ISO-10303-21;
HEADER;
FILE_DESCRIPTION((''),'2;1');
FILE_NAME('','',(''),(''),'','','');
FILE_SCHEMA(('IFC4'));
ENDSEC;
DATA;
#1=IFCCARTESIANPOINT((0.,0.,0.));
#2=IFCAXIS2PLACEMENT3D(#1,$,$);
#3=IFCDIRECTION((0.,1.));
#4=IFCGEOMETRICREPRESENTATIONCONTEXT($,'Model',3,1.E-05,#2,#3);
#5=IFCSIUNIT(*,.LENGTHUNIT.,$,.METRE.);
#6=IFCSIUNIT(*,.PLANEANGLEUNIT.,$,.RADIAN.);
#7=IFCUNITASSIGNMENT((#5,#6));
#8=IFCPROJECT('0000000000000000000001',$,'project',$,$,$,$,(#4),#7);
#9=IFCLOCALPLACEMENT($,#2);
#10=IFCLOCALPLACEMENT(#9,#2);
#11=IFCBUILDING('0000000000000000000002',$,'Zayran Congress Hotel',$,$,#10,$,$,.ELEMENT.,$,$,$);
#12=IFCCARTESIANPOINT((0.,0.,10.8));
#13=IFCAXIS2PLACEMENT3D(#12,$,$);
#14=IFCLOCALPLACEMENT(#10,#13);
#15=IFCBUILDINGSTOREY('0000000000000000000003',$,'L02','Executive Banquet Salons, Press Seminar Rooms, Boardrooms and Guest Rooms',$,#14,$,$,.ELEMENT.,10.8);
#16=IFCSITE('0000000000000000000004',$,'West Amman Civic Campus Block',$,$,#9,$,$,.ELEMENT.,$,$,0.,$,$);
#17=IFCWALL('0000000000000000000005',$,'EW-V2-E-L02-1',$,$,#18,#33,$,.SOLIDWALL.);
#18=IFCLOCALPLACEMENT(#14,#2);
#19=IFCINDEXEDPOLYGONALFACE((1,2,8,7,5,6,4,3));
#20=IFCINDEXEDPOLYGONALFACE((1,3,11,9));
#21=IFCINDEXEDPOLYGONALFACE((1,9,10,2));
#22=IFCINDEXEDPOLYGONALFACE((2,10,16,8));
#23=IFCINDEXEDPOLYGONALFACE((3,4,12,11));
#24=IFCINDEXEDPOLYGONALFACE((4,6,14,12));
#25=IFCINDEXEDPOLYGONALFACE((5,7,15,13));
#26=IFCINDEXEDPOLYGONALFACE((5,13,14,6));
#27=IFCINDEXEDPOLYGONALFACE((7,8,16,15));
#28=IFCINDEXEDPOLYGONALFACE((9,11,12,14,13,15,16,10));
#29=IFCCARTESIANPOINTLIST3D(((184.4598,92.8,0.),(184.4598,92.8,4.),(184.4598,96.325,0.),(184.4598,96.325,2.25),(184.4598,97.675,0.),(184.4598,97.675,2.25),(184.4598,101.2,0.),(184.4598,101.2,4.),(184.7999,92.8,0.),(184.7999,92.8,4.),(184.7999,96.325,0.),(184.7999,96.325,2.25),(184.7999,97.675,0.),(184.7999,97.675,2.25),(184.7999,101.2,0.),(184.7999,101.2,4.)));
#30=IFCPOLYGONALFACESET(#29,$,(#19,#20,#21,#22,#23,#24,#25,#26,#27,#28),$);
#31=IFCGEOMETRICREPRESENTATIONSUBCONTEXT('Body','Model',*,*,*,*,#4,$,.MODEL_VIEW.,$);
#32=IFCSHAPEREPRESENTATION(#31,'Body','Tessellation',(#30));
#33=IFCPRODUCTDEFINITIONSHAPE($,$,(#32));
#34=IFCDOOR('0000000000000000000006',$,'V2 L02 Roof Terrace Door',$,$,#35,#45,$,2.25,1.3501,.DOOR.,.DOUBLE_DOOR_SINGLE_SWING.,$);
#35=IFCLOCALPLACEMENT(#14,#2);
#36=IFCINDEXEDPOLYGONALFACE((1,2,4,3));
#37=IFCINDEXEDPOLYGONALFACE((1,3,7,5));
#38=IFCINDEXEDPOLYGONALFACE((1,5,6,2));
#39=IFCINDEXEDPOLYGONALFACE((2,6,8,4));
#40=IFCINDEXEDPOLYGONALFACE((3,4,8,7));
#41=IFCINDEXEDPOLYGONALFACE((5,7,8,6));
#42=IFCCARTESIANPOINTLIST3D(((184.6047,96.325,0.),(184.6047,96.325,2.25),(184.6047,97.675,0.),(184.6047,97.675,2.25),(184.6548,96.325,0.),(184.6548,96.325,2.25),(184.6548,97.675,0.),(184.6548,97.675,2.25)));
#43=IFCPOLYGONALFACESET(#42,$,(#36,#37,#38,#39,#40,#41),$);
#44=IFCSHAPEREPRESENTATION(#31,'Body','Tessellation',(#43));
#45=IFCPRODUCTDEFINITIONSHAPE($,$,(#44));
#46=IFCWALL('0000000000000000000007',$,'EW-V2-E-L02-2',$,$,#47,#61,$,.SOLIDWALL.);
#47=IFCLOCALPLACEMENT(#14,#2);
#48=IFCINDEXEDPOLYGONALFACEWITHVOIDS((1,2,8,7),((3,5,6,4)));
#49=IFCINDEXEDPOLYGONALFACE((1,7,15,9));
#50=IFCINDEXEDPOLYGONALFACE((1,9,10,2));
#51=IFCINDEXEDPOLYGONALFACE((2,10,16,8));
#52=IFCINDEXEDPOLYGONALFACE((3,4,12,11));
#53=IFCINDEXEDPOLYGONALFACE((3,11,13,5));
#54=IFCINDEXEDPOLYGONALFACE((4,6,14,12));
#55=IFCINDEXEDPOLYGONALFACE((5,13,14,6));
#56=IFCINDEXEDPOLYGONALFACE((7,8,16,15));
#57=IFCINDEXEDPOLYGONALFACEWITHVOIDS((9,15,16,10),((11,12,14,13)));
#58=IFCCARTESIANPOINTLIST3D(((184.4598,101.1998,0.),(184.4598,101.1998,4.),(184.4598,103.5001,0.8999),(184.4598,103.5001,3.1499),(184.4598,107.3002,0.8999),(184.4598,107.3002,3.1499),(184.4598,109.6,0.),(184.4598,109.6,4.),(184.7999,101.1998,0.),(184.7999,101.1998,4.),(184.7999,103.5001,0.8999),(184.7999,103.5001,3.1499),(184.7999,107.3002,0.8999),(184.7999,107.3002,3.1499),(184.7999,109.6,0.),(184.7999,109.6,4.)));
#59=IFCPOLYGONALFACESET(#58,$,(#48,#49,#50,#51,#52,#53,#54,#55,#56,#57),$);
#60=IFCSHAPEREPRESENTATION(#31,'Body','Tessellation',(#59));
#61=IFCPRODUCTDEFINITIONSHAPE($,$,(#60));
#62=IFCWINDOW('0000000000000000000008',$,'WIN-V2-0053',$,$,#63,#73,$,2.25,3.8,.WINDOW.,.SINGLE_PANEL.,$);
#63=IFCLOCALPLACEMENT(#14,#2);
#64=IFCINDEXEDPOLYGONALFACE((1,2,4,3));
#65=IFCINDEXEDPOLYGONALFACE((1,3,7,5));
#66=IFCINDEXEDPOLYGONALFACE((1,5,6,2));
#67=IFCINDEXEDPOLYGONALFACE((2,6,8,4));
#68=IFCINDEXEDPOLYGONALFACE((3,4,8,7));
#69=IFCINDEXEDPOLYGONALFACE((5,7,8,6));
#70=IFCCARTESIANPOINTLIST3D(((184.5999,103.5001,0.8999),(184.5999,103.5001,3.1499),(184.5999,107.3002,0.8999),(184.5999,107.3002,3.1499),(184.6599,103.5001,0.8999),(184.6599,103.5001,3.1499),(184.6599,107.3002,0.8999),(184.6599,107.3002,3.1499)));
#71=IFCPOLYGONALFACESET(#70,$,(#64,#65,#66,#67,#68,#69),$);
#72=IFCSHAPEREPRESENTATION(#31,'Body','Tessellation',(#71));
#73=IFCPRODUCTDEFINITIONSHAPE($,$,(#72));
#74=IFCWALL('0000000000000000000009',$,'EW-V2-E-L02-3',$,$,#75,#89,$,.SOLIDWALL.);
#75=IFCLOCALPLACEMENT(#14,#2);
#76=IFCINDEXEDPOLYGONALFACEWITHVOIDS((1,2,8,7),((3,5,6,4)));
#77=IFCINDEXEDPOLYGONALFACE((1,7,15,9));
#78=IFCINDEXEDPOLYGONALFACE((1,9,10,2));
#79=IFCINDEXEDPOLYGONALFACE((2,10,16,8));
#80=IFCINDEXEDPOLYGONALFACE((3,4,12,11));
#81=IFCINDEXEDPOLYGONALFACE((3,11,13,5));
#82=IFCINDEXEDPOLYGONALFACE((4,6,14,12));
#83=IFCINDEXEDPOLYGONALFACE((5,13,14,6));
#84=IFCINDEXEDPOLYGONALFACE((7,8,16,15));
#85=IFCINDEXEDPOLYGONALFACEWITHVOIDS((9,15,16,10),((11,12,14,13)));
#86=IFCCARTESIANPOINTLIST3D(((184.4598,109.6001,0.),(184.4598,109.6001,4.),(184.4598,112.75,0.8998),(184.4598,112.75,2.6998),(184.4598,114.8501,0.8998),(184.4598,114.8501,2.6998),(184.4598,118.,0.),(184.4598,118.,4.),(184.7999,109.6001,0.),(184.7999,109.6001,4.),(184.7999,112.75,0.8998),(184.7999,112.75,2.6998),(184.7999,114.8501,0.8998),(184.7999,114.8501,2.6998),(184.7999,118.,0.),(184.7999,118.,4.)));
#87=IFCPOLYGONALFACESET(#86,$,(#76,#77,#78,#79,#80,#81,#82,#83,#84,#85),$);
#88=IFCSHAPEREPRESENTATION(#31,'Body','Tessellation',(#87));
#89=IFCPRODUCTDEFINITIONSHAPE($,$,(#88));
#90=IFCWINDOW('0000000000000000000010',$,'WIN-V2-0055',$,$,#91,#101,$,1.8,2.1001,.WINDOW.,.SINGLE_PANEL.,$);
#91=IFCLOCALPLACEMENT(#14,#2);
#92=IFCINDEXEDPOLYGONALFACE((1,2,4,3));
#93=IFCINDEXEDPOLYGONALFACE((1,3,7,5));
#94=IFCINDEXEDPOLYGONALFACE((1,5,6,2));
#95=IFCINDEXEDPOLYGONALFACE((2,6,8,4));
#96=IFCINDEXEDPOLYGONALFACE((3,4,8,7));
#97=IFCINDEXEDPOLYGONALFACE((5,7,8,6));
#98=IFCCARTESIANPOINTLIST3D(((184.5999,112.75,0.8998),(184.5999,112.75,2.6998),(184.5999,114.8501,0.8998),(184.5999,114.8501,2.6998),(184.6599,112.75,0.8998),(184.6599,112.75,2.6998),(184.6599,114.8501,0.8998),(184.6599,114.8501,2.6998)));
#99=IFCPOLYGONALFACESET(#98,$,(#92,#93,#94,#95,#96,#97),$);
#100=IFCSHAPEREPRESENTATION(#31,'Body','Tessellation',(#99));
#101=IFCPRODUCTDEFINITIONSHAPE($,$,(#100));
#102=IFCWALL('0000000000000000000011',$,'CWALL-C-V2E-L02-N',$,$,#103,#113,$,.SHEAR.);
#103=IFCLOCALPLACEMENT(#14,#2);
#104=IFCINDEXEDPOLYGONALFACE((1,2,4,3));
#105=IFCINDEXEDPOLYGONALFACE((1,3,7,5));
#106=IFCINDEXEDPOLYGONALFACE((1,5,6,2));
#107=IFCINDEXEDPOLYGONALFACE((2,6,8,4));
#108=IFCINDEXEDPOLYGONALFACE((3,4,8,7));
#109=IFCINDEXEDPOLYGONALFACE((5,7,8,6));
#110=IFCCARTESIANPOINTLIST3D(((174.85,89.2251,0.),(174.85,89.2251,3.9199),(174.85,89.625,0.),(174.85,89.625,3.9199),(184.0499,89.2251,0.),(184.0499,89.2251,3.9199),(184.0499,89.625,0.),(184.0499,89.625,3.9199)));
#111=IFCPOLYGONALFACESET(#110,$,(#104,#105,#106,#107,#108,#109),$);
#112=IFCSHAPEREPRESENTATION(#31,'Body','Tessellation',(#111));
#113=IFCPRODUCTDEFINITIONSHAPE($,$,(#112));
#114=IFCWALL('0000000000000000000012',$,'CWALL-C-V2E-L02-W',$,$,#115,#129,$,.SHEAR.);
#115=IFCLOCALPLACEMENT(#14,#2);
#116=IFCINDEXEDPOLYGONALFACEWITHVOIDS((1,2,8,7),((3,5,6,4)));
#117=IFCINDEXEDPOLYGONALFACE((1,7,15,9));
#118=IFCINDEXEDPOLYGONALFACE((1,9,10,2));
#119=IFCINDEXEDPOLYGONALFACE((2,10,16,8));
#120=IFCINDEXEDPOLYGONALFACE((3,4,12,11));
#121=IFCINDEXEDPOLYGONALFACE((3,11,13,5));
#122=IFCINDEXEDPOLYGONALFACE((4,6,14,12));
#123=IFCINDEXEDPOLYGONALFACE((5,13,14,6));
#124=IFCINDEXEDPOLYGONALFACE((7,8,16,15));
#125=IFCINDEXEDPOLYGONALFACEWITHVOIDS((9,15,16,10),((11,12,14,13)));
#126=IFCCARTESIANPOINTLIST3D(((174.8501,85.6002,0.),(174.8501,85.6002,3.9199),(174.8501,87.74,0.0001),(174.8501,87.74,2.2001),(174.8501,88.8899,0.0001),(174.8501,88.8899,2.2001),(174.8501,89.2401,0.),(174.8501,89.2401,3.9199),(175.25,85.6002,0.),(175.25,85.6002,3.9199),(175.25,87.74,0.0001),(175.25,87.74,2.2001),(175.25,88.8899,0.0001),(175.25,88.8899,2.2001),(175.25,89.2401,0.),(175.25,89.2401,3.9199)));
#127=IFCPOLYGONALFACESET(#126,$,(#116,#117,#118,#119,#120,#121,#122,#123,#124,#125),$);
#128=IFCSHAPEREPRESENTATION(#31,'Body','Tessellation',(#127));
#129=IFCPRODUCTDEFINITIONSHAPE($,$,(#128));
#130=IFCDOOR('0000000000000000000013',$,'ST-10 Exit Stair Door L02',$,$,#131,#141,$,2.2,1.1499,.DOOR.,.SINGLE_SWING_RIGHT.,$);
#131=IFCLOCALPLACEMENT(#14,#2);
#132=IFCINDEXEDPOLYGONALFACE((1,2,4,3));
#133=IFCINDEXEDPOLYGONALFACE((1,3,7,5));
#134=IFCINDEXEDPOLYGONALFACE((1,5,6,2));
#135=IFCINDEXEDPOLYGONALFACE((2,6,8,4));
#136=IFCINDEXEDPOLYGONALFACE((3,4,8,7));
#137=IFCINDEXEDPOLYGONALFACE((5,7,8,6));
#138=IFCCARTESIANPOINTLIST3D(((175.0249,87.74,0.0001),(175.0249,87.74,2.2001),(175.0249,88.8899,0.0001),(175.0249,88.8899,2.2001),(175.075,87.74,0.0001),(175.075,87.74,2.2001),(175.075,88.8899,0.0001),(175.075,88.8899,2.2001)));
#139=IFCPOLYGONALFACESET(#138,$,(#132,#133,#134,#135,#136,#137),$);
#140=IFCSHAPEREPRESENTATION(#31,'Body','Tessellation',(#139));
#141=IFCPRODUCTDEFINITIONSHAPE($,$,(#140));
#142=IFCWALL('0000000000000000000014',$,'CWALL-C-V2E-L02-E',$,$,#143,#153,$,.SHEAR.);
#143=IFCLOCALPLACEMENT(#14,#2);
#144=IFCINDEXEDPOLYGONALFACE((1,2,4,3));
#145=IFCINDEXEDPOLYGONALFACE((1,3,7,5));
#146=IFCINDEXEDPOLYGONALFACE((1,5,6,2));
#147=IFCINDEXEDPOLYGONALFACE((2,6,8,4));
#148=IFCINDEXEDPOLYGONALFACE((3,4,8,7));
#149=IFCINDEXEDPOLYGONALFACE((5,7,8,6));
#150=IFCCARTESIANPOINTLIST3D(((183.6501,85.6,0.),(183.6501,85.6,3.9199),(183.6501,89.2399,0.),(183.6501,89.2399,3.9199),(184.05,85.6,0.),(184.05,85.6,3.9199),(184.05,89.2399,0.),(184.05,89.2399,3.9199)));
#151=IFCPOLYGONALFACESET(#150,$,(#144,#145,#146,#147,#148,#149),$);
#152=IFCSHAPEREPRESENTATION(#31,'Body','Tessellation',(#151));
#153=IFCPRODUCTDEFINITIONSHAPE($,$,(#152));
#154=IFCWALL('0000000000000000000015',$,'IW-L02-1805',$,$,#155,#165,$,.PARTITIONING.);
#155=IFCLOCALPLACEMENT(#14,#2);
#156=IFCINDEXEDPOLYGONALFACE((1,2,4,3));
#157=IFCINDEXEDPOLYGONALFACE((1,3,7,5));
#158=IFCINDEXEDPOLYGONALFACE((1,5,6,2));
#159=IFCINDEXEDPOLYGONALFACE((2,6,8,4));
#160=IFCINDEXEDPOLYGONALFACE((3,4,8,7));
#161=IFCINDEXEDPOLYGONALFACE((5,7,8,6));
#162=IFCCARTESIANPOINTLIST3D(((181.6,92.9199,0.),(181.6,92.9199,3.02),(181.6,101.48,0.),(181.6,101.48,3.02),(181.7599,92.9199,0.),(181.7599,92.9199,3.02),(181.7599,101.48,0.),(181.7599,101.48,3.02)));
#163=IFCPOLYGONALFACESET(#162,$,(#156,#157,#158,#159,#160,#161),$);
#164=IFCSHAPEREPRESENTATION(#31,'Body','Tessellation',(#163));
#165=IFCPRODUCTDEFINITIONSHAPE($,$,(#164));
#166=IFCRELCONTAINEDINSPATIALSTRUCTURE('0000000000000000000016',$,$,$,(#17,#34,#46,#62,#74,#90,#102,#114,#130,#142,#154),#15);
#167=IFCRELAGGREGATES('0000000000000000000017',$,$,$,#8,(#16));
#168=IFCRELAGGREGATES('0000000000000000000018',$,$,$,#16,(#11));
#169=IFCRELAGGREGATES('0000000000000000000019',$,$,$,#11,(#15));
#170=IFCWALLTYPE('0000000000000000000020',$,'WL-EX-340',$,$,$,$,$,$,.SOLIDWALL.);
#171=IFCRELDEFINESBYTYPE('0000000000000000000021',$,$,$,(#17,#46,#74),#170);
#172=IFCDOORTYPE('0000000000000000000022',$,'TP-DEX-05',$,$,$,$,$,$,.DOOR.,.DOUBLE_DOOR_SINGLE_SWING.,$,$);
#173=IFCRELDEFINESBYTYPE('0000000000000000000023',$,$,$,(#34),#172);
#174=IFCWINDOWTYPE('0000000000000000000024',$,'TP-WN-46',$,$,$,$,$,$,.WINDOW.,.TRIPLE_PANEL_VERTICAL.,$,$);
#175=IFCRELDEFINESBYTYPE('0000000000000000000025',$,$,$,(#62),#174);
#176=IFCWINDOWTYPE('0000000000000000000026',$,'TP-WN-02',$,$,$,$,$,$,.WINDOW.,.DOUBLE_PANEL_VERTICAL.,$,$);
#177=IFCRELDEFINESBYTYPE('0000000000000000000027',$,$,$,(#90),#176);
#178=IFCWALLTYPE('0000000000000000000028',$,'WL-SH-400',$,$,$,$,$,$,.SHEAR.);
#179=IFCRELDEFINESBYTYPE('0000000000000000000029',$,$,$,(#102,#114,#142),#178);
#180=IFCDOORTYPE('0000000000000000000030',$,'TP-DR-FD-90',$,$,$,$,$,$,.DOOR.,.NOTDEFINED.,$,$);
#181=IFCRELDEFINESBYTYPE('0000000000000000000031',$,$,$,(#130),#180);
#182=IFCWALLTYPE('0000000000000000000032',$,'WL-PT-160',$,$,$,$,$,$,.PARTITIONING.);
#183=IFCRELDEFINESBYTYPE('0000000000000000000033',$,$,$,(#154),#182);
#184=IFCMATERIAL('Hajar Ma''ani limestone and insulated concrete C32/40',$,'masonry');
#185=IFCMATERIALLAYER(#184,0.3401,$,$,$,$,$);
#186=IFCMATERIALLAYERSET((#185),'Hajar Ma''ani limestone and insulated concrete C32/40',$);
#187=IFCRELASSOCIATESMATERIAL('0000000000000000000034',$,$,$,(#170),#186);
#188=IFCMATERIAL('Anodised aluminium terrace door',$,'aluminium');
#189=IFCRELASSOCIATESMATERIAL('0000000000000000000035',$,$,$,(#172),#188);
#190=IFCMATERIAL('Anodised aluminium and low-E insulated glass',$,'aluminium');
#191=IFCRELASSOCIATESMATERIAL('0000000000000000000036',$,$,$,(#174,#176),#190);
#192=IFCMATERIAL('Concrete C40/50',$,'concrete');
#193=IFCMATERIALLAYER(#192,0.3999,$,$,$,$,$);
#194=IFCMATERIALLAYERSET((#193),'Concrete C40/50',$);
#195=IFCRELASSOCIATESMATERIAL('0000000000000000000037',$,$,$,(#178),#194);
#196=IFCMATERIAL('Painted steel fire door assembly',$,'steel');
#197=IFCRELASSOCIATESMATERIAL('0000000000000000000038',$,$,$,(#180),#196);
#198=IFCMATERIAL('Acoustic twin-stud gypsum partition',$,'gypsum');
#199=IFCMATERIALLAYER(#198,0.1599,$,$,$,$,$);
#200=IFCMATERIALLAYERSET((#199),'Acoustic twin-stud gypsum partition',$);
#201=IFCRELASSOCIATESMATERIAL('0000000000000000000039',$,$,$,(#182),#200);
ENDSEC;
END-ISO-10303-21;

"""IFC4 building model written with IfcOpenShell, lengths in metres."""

from ifc_helpers import new_model, si_unit, direction, frame, frame_2d, origin, place, context, subcontext, project, spatial, rectangle, extrude, material, layer, layer_set, type_object, element, fill, save


model = new_model("IFC4")

# Units and contexts
model_context = context("Model", 3, precision=1e-05, world=origin(), true_north=direction((0.0, 1.0)))
body_context = subcontext(model_context, "Body", "Model", "MODEL_VIEW")
ifc_project = project(units=[si_unit("LENGTHUNIT", "METRE"), si_unit("PLANEANGLEUNIT", "RADIAN")], contexts=[model_context])

# Site, building, storey
site_placement = place(None, origin())
site = spatial("IfcSite", under=ifc_project, at=site_placement, Name="West Amman Civic Campus Block", CompositionType="ELEMENT", RefElevation=0.0)
building_placement = place(site_placement, origin())
building = spatial("IfcBuilding", under=site, at=building_placement, Name="Zayran Congress Hotel", CompositionType="ELEMENT")
storey_placement = place(building_placement, frame((0.0, 0.0, 10.8)))
storey = spatial("IfcBuildingStorey", under=building, at=storey_placement, Name="L02", Description="Executive Banquet Salons, Press Seminar Rooms, Boardrooms and Guest Rooms", CompositionType="ELEMENT", Elevation=10.8)

# Shared definitions
ifc_material_1 = material(Name="Hajar Ma'ani limestone and insulated concrete C32/40", Category="masonry")
ifc_layer_1 = layer(ifc_material_1, 0.3401)
ifc_layer_set_1 = layer_set([ifc_layer_1], Name="Hajar Ma'ani limestone and insulated concrete C32/40")
wall_type_1 = type_object("IfcWallType", Name="WL-EX-340", PredefinedType="SOLIDWALL", material=ifc_layer_set_1)
ifc_material_2 = material(Name="Anodised aluminium and low-E insulated glass", Category="aluminium")

# Wall, opening, door
wall_1_placement = place(storey_placement, frame((184.6299, 101.2, 0.0), z_axis=(0.0, 0.0, 1.0), x_axis=(0.0, -1.0, 0.0)))
wall_1 = element("IfcWall", 1, at=wall_1_placement, inside=storey, type_object=wall_type_1, Name="EW-V2-E-L02-1", PredefinedType="SOLIDWALL", context=body_context, shape_type="SweptSolid", body=[
    extrude(rectangle(XDim=8.3999, YDim=0.3401, at=frame_2d((4.2, 0.0))), origin(), (0.0, 0.0, 1.0), 4.0),
])
opening_1_placement = place(wall_1_placement, frame((3.5249, 0.0, 0.0)))
opening_1 = element("IfcOpeningElement", 2, at=opening_1_placement, cuts=wall_1, PredefinedType="OPENING", context=body_context, shape_type="SweptSolid", body=[
    extrude(rectangle(XDim=1.3501, YDim=2.25, at=frame_2d((0.675, 1.125))), frame((0.0, 0.1799, 0.0), z_axis=(0.0, -1.0, 0.0), x_axis=(1.0, 0.0, 0.0)), (0.0, 0.0, 1.0), 0.3601),
])
ifc_material_3 = material(Name="Anodised aluminium terrace door", Category="aluminium")
door_type_1 = type_object("IfcDoorType", Name="TP-DEX-05", OperationType="DOUBLE_DOOR_SINGLE_SWING", PredefinedType="DOOR", material=ifc_material_3)
door_1_placement = place(opening_1_placement, origin())
door_1 = element("IfcDoor", 3, at=door_1_placement, inside=storey, type_object=door_type_1, Name="V2 L02 Roof Terrace Door", OperationType="DOUBLE_DOOR_SINGLE_SWING", OverallHeight=2.25, OverallWidth=1.3501, PredefinedType="DOOR", context=body_context, shape_type="SweptSolid", body=[
    extrude(rectangle(XDim=1.3501, YDim=2.25, at=frame_2d((0.675, 1.125))), frame((0.0, 0.0249, 0.0), z_axis=(0.0, -1.0, 0.0), x_axis=(1.0, 0.0, 0.0)), (0.0, 0.0, 1.0), 0.05),
])
fill(opening_1, door_1)

# Walls, openings, windows
wall_2_placement = place(storey_placement, frame((184.6299, 109.6001, 0.0), z_axis=(0.0, 0.0, 1.0), x_axis=(0.0, -1.0, 0.0)))
wall_2 = element("IfcWall", 4, at=wall_2_placement, inside=storey, type_object=wall_type_1, Name="EW-V2-E-L02-2", PredefinedType="SOLIDWALL", context=body_context, shape_type="SweptSolid", body=[
    extrude(rectangle(XDim=8.4001, YDim=0.3401, at=frame_2d((4.2002, 0.0))), origin(), (0.0, 0.0, 1.0), 4.0),
])
opening_2_placement = place(wall_2_placement, frame((2.3, 0.0, 0.8999)))
opening_2 = element("IfcOpeningElement", 5, at=opening_2_placement, cuts=wall_2, PredefinedType="OPENING", context=body_context, shape_type="SweptSolid", body=[
    extrude(rectangle(XDim=3.8, YDim=2.25, at=frame_2d((1.8999, 1.125))), frame((0.0, 0.1799, 0.0), z_axis=(0.0, -1.0, 0.0), x_axis=(1.0, 0.0, 0.0)), (0.0, 0.0, 1.0), 0.3601),
])
window_type_1 = type_object("IfcWindowType", Name="TP-WN-46", PartitioningType="TRIPLE_PANEL_VERTICAL", PredefinedType="WINDOW", material=ifc_material_2)
window_1_placement = place(opening_2_placement, origin())
window_1 = element("IfcWindow", 6, at=window_1_placement, inside=storey, type_object=window_type_1, Name="WIN-V2-0053", OverallHeight=2.25, OverallWidth=3.8, PartitioningType="SINGLE_PANEL", PredefinedType="WINDOW", context=body_context, shape_type="SweptSolid", body=[
    extrude(rectangle(XDim=3.8, YDim=2.25, at=frame_2d((1.8999, 1.125))), frame((0.0, 0.03, 0.0), z_axis=(0.0, -1.0, 0.0), x_axis=(1.0, 0.0, 0.0)), (0.0, 0.0, 1.0), 0.0601),
])
fill(opening_2, window_1)
wall_3_placement = place(storey_placement, frame((184.6299, 118.0, 0.0), z_axis=(0.0, 0.0, 1.0), x_axis=(0.0, -1.0, 0.0)))
wall_3 = element("IfcWall", 7, at=wall_3_placement, inside=storey, type_object=wall_type_1, Name="EW-V2-E-L02-3", PredefinedType="SOLIDWALL", context=body_context, shape_type="SweptSolid", body=[
    extrude(rectangle(XDim=8.3999, YDim=0.3401, at=frame_2d((4.2, 0.0))), origin(), (0.0, 0.0, 1.0), 4.0),
])
opening_3_placement = place(wall_3_placement, frame((3.1499, 0.0, 0.8999)))
opening_3 = element("IfcOpeningElement", 8, at=opening_3_placement, cuts=wall_3, PredefinedType="OPENING", context=body_context, shape_type="SweptSolid", body=[
    extrude(rectangle(XDim=2.1001, YDim=1.8, at=frame_2d((1.05, 0.8999))), frame((0.0, 0.1799, 0.0), z_axis=(0.0, -1.0, 0.0), x_axis=(1.0, 0.0, 0.0)), (0.0, 0.0, 1.0), 0.3601),
])
window_type_2 = type_object("IfcWindowType", Name="TP-WN-02", PartitioningType="DOUBLE_PANEL_VERTICAL", PredefinedType="WINDOW", material=ifc_material_2)
window_2_placement = place(opening_3_placement, origin())
window_2 = element("IfcWindow", 9, at=window_2_placement, inside=storey, type_object=window_type_2, Name="WIN-V2-0055", OverallHeight=1.8, OverallWidth=2.1001, PartitioningType="SINGLE_PANEL", PredefinedType="WINDOW", context=body_context, shape_type="SweptSolid", body=[
    extrude(rectangle(XDim=2.1001, YDim=1.8, at=frame_2d((1.05, 0.8999))), frame((0.0, 0.03, 0.0), z_axis=(0.0, -1.0, 0.0), x_axis=(1.0, 0.0, 0.0)), (0.0, 0.0, 1.0), 0.0601),
])
fill(opening_3, window_2)

# Wall
ifc_material_4 = material(Name="Concrete C40/50", Category="concrete")
ifc_layer_2 = layer(ifc_material_4, 0.3999)
ifc_layer_set_2 = layer_set([ifc_layer_2], Name="Concrete C40/50")
wall_type_2 = type_object("IfcWallType", Name="WL-SH-400", PredefinedType="SHEAR", material=ifc_layer_set_2)
wall_4_placement = place(storey_placement, frame((184.05, 89.425, 0.0), z_axis=(0.0, 0.0, 1.0), x_axis=(-1.0, 0.0, 0.0)))
element("IfcWall", 10, at=wall_4_placement, inside=storey, type_object=wall_type_2, Name="CWALL-C-V2E-L02-N", PredefinedType="SHEAR", context=body_context, shape_type="SweptSolid", body=[
    extrude(rectangle(XDim=9.2, YDim=0.3999, at=frame_2d((4.6001, 0.0))), origin(), (0.0, 0.0, 1.0), 3.9199),
])

# Wall, opening, door
wall_5_placement = place(storey_placement, frame((175.05, 89.24, 0.0), z_axis=(0.0, 0.0, 1.0), x_axis=(0.0, -1.0, 0.0)))
wall_5 = element("IfcWall", 11, at=wall_5_placement, inside=storey, type_object=wall_type_2, Name="CWALL-C-V2E-L02-W", PredefinedType="SHEAR", context=body_context, shape_type="SweptSolid", body=[
    extrude(rectangle(XDim=3.6399, YDim=0.3999, at=frame_2d((1.8198, 0.0))), origin(), (0.0, 0.0, 1.0), 3.9199),
])
opening_4_placement = place(wall_5_placement, frame((0.3501, 0.0, 0.0)))
opening_4 = element("IfcOpeningElement", 12, at=opening_4_placement, cuts=wall_5, PredefinedType="OPENING", context=body_context, shape_type="SweptSolid", body=[
    extrude(rectangle(XDim=1.1499, YDim=2.2, at=frame_2d((0.575, 1.1001))), frame((0.0, 0.21, 0.0), z_axis=(0.0, -1.0, 0.0), x_axis=(1.0, 0.0, 0.0)), (0.0, 0.0, 1.0), 0.4199),
])
ifc_material_5 = material(Name="Painted steel fire door assembly", Category="steel")
door_type_2 = type_object("IfcDoorType", Name="TP-DR-FD-90", OperationType="NOTDEFINED", PredefinedType="DOOR", material=ifc_material_5)
door_2_placement = place(opening_4_placement, origin())
door_2 = element("IfcDoor", 13, at=door_2_placement, inside=storey, type_object=door_type_2, Name="ST-10 Exit Stair Door L02", OperationType="SINGLE_SWING_RIGHT", OverallHeight=2.2, OverallWidth=1.1499, PredefinedType="DOOR", context=body_context, shape_type="SweptSolid", body=[
    extrude(rectangle(XDim=1.1499, YDim=2.2, at=frame_2d((0.575, 1.1001))), frame((0.0, 0.0249, 0.0), z_axis=(0.0, -1.0, 0.0), x_axis=(1.0, 0.0, 0.0)), (0.0, 0.0, 1.0), 0.05),
])
fill(opening_4, door_2)

# Walls
wall_6_placement = place(storey_placement, frame((183.8501, 85.6001, 0.0), z_axis=(0.0, 0.0, 1.0), x_axis=(0.0, 1.0, 0.0)))
element("IfcWall", 14, at=wall_6_placement, inside=storey, type_object=wall_type_2, Name="CWALL-C-V2E-L02-E", PredefinedType="SHEAR", context=body_context, shape_type="SweptSolid", body=[
    extrude(rectangle(XDim=3.6399, YDim=0.3999, at=frame_2d((1.8198, 0.0))), origin(), (0.0, 0.0, 1.0), 3.9199),
])
ifc_material_6 = material(Name="Acoustic twin-stud gypsum partition", Category="gypsum")
ifc_layer_3 = layer(ifc_material_6, 0.1599)
ifc_layer_set_3 = layer_set([ifc_layer_3], Name="Acoustic twin-stud gypsum partition")
wall_type_3 = type_object("IfcWallType", Name="WL-PT-160", PredefinedType="PARTITIONING", material=ifc_layer_set_3)
wall_7_placement = place(storey_placement, frame((181.6799, 92.9199, 0.0), z_axis=(0.0, 0.0, 1.0), x_axis=(0.0, 1.0, 0.0)))
element("IfcWall", 15, at=wall_7_placement, inside=storey, type_object=wall_type_3, Name="IW-L02-1805", PredefinedType="PARTITIONING", context=body_context, shape_type="SweptSolid", body=[
    extrude(rectangle(XDim=8.5601, YDim=0.1599, at=frame_2d((4.28, 0.0))), origin(), (0.0, 0.0, 1.0), 3.02),
])

save(model, "model.ifc")
